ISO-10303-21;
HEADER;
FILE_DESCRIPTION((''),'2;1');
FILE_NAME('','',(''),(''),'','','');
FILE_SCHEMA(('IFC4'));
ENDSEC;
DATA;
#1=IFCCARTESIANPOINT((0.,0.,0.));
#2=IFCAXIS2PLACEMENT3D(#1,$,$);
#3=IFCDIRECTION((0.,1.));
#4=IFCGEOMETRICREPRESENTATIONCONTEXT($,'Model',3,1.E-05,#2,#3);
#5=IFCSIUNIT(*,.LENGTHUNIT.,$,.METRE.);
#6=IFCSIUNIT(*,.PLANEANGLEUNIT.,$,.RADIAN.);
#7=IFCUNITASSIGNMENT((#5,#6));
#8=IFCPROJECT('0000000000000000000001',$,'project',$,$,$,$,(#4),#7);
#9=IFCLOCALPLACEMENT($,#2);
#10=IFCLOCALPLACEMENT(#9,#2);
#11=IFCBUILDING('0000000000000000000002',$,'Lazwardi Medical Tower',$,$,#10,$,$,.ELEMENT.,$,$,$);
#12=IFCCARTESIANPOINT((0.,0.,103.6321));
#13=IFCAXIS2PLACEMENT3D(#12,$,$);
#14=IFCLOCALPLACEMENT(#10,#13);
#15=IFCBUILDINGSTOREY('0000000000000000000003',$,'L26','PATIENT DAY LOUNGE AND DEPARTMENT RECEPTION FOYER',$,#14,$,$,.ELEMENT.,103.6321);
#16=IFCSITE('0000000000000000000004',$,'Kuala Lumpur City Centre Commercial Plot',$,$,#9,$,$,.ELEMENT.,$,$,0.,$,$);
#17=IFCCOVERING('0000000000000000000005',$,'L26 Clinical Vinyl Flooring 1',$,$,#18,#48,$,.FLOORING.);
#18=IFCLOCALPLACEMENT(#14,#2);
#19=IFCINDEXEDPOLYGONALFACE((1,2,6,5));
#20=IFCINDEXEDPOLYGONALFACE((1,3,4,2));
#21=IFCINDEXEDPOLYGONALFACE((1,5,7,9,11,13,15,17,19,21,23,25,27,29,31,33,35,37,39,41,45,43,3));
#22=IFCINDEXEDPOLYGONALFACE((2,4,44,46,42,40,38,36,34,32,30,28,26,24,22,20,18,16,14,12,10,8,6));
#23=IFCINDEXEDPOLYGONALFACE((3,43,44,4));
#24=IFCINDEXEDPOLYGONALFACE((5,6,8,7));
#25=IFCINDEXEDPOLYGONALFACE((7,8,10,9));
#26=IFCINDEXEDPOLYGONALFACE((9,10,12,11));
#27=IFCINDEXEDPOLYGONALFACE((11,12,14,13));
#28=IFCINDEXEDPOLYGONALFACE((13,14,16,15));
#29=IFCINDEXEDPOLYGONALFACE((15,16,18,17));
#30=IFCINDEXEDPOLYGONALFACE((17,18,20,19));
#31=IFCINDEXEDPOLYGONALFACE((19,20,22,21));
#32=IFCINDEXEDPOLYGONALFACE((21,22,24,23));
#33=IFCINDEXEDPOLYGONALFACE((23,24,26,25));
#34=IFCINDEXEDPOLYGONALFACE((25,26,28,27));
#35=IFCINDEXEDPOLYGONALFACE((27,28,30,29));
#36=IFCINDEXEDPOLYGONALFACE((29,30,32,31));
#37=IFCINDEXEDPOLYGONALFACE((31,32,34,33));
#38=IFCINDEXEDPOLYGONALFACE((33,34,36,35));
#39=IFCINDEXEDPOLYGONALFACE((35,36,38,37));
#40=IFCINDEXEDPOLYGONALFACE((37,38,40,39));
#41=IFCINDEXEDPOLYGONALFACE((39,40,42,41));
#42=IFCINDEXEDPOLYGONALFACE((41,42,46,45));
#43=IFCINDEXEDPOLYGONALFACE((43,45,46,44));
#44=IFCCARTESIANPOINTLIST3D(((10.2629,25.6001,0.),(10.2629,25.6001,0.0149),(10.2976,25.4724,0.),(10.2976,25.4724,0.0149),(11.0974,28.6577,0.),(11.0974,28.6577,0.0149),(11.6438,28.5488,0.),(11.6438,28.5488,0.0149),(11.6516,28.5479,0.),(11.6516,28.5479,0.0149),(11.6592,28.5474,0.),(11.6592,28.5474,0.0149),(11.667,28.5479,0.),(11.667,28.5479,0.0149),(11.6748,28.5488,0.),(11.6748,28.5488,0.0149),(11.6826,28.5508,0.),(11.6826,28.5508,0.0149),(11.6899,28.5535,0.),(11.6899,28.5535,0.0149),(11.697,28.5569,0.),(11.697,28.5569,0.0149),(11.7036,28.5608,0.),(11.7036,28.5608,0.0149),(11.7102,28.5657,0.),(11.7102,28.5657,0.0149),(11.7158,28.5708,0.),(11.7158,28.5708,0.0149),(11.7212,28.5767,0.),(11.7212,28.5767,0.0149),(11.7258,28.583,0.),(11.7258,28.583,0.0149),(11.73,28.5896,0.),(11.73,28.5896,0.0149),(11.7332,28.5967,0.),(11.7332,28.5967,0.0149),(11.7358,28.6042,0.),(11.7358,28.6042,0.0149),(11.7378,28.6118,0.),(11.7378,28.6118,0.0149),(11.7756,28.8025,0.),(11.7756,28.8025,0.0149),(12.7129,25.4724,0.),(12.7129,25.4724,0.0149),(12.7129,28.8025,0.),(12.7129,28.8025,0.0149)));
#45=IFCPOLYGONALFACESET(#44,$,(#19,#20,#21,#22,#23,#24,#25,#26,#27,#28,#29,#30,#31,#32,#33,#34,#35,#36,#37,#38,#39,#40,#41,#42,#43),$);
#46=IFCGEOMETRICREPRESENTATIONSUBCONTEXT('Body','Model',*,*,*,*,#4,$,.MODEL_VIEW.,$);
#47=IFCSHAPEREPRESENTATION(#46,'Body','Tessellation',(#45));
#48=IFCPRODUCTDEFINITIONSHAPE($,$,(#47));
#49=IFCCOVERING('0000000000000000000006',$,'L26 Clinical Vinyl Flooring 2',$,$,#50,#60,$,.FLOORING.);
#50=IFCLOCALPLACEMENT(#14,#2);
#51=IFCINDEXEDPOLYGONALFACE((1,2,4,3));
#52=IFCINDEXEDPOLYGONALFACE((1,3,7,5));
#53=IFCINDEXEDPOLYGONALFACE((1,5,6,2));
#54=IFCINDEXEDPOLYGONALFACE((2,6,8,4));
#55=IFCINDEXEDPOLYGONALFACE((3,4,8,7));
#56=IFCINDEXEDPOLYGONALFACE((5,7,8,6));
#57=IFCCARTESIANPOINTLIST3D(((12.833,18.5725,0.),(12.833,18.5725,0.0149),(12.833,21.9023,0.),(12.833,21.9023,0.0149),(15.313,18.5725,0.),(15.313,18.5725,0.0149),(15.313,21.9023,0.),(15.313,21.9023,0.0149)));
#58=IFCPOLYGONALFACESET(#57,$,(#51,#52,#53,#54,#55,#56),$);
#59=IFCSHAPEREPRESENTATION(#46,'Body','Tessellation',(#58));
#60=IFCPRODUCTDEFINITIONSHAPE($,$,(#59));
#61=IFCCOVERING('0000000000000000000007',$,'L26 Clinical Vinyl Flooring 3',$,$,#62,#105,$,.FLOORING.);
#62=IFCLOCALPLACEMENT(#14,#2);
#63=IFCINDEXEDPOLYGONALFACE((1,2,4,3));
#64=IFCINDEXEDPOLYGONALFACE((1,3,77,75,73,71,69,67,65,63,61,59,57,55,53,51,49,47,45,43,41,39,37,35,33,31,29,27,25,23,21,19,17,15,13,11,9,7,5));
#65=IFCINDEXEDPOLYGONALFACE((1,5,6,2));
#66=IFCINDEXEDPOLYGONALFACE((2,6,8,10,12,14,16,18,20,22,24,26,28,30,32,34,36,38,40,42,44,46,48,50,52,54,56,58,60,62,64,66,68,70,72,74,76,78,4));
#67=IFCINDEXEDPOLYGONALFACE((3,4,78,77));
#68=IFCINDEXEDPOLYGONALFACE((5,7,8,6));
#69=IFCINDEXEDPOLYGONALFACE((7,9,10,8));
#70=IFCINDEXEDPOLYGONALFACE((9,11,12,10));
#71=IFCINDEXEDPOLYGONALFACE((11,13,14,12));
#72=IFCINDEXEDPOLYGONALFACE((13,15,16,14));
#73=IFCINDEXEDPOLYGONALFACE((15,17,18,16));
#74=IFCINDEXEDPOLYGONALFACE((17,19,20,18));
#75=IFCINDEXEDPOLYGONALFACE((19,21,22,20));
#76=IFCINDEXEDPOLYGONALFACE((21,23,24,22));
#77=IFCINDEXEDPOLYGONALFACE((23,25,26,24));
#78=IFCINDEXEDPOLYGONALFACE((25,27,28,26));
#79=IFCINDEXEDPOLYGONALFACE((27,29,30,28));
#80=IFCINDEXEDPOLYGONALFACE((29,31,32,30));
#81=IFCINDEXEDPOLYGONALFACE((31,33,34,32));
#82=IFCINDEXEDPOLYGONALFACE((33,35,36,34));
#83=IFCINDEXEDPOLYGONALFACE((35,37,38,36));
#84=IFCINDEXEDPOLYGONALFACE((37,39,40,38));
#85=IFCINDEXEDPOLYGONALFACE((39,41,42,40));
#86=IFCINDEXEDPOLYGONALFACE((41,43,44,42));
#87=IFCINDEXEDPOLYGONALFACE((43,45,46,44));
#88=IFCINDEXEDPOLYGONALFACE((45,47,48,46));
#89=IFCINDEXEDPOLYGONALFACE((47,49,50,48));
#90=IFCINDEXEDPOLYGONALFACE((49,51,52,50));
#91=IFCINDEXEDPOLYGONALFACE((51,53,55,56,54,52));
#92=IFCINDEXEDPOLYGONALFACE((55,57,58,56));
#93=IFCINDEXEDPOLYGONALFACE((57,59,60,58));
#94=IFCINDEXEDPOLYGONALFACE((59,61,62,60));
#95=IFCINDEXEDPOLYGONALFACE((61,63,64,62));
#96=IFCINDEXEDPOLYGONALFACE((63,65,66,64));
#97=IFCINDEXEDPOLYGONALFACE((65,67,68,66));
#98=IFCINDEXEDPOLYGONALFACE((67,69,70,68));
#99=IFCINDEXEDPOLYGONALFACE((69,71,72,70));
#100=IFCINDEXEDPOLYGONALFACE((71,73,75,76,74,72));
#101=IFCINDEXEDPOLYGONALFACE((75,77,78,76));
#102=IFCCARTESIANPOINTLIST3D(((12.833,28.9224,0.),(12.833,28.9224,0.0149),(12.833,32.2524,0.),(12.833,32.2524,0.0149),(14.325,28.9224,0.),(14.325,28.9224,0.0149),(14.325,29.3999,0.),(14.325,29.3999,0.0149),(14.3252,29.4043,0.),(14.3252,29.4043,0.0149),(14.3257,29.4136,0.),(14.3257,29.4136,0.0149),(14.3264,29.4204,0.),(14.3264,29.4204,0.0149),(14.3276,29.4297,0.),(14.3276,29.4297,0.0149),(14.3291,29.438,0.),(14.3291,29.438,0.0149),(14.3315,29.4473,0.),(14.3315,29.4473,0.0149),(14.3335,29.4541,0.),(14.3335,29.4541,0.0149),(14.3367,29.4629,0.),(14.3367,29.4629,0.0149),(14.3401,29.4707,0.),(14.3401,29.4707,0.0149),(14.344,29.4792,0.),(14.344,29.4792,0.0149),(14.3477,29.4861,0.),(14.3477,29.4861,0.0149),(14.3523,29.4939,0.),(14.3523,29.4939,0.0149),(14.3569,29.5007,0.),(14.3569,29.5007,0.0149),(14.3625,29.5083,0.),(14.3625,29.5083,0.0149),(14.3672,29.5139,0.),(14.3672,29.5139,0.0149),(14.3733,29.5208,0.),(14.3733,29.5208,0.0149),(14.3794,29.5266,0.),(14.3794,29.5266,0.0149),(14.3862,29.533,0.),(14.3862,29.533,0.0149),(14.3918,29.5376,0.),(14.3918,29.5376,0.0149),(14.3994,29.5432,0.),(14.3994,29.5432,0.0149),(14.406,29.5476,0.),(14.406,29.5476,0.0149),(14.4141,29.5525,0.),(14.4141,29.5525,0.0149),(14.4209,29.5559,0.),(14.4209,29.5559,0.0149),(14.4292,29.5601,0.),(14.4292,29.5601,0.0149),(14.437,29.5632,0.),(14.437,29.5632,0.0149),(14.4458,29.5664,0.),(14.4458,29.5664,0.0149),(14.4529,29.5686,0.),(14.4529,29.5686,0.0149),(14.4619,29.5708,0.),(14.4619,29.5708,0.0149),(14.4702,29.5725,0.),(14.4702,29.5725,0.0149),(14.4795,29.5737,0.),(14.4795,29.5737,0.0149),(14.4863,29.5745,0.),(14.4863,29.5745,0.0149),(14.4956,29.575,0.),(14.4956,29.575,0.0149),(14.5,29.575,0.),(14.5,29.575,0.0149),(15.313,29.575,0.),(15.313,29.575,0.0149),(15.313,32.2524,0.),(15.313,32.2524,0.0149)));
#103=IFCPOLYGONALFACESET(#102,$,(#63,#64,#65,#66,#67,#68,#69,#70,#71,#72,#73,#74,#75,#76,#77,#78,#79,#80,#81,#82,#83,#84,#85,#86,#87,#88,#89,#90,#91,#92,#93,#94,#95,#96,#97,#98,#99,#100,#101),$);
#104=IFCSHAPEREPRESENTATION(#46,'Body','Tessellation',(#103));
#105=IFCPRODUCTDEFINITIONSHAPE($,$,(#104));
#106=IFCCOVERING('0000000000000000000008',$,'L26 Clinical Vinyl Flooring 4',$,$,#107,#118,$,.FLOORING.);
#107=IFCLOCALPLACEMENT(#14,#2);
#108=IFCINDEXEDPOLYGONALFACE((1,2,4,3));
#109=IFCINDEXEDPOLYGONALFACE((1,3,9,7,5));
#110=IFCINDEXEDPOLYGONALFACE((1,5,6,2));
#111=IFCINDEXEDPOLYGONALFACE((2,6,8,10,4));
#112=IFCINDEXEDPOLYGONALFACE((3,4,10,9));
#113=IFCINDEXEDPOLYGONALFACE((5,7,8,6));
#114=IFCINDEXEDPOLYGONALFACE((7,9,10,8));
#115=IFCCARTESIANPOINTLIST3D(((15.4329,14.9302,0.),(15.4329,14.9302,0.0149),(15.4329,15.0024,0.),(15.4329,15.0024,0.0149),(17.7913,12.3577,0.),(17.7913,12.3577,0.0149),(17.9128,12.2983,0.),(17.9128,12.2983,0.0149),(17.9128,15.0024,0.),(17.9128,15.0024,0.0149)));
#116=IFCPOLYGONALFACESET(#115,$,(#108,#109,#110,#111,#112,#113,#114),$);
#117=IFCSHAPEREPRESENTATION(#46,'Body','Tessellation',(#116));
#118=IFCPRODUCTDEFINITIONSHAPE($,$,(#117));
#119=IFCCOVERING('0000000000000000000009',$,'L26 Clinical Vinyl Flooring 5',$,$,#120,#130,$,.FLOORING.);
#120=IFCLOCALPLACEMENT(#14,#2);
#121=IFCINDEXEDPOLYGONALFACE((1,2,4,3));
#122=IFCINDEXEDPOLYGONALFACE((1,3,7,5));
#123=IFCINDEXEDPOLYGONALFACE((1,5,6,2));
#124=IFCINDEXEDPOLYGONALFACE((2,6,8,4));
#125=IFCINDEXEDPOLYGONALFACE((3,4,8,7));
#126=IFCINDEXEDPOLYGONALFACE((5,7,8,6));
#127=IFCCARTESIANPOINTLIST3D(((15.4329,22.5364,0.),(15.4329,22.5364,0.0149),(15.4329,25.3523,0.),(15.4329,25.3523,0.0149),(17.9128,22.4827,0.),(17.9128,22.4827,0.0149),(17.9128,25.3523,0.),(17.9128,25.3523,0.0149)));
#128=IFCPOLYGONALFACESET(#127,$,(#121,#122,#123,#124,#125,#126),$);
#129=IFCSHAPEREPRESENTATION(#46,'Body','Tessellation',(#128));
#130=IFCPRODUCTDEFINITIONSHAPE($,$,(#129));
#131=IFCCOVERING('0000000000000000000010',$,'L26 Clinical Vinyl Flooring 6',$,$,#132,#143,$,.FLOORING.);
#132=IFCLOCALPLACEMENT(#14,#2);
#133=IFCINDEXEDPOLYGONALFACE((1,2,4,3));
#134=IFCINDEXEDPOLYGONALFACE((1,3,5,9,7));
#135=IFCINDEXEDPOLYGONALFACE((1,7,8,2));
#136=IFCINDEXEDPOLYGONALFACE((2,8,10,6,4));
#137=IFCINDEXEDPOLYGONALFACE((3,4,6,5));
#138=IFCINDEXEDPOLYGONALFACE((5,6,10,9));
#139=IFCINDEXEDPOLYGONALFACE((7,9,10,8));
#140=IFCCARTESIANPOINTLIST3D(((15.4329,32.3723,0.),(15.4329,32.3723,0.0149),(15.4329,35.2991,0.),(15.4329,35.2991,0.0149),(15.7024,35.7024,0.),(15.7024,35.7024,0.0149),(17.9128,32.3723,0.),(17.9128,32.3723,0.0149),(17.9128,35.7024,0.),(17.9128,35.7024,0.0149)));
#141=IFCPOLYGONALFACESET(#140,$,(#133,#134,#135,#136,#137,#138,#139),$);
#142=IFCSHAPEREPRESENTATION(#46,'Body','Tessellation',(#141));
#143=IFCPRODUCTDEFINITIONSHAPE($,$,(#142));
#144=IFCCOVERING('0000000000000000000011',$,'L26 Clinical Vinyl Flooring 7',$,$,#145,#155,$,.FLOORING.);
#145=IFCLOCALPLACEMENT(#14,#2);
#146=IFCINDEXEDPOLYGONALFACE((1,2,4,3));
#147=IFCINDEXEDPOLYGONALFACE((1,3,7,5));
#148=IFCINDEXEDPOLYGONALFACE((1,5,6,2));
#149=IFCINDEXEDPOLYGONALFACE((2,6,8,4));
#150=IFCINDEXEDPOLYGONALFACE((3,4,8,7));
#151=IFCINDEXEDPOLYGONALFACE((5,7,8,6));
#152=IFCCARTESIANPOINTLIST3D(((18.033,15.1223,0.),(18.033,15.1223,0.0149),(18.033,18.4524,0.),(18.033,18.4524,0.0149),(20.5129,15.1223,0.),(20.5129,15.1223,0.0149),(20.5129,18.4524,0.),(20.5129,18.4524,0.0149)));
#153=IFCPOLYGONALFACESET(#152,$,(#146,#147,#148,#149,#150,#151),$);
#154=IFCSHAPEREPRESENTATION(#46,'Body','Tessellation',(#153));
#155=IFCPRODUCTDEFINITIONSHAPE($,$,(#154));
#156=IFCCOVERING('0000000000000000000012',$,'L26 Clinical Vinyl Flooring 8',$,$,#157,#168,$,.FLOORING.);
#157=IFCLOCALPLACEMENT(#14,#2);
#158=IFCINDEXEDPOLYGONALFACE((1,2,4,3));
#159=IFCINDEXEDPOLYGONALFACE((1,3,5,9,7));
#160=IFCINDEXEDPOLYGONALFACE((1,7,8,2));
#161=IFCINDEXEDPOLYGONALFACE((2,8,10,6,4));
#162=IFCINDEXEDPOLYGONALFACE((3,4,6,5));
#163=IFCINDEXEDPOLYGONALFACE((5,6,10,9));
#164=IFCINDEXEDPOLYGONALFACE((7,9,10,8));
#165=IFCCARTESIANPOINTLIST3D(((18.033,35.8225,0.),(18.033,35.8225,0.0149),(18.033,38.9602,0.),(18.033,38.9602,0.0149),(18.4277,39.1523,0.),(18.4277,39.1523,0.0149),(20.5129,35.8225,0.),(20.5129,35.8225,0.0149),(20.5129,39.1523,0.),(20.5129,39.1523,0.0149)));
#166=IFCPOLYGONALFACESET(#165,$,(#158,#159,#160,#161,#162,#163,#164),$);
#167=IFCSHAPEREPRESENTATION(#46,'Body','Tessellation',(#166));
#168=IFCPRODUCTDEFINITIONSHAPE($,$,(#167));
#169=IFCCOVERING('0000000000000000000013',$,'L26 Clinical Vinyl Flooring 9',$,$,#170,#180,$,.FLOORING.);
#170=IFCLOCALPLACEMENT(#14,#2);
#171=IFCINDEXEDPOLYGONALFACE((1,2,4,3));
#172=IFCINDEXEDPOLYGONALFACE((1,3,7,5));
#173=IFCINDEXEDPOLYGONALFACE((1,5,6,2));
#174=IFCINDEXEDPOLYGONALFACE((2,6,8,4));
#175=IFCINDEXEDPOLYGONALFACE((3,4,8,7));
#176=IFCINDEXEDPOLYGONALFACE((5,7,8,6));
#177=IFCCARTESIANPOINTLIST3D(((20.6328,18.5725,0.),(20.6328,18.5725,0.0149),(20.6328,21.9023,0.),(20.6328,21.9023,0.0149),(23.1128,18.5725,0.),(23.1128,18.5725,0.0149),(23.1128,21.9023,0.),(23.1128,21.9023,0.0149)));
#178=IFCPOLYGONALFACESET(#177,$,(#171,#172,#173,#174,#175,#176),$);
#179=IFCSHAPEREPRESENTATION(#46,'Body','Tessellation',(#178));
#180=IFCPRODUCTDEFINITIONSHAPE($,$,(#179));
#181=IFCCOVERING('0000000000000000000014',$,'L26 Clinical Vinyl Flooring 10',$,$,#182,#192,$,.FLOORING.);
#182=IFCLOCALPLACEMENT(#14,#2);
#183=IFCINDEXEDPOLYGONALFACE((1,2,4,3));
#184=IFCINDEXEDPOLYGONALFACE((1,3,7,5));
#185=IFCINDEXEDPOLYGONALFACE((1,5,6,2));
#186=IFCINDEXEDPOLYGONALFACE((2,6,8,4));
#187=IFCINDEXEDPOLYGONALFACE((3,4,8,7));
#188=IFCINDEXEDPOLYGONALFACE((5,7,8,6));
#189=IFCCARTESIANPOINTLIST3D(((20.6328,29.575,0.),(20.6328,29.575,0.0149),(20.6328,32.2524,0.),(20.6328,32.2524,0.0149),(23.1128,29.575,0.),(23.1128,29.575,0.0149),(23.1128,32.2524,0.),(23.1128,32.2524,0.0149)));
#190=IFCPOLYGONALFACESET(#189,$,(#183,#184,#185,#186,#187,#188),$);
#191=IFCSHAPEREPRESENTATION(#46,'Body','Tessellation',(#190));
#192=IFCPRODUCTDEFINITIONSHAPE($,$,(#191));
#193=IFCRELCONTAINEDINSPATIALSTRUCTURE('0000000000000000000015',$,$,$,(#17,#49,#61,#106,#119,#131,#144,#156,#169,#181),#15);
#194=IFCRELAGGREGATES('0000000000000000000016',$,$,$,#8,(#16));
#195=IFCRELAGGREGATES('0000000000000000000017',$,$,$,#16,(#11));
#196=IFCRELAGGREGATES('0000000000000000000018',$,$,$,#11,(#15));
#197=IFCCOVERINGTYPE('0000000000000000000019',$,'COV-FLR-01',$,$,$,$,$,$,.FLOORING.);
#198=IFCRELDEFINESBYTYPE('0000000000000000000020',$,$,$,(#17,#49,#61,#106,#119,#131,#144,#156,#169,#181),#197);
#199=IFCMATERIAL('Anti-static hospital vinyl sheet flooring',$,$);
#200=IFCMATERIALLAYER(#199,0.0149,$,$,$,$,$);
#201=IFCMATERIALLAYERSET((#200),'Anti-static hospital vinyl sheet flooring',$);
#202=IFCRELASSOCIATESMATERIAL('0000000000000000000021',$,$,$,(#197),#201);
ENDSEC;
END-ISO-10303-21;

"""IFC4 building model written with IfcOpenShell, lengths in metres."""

from ifc_helpers import new_model, si_unit, direction, frame, origin, place, context, subcontext, project, spatial, polyline, outline, extrude, material, layer, layer_set, type_object, element, save


model = new_model("IFC4")

# Units and contexts
model_context = context("Model", 3, precision=1e-05, world=origin(), true_north=direction((0.0, 1.0)))
body_context = subcontext(model_context, "Body", "Model", "MODEL_VIEW")
ifc_project = project(units=[si_unit("LENGTHUNIT", "METRE"), si_unit("PLANEANGLEUNIT", "RADIAN")], contexts=[model_context])

# Site, building, storey
site_placement = place(None, origin())
site = spatial("IfcSite", under=ifc_project, at=site_placement, Name="Kuala Lumpur City Centre Commercial Plot", CompositionType="ELEMENT", RefElevation=0.0)
building_placement = place(site_placement, origin())
building = spatial("IfcBuilding", under=site, at=building_placement, Name="Lazwardi Medical Tower", CompositionType="ELEMENT")
storey_placement = place(building_placement, frame((0.0, 0.0, 103.6321)))
storey = spatial("IfcBuildingStorey", under=building, at=storey_placement, Name="L26", Description="PATIENT DAY LOUNGE AND DEPARTMENT RECEPTION FOYER", CompositionType="ELEMENT", Elevation=103.6321)

# Coverings
ifc_material_1 = material(Name="Anti-static hospital vinyl sheet flooring")
ifc_layer_1 = layer(ifc_material_1, 0.0149)
ifc_layer_set_1 = layer_set([ifc_layer_1], Name="Anti-static hospital vinyl sheet flooring")
covering_type_1 = type_object("IfcCoveringType", Name="COV-FLR-01", PredefinedType="FLOORING", material=ifc_layer_set_1)
covering_1_placement = place(storey_placement, origin())
element("IfcCovering", 1, at=covering_1_placement, inside=storey, type_object=covering_type_1, Name="L26 Clinical Vinyl Flooring 1", PredefinedType="FLOORING", context=body_context, shape_type="SweptSolid", body=[
    extrude(outline(polyline([(11.7756, 28.8025), (11.7378, 28.6118), (11.7358, 28.6042), (11.7332, 28.5967), (11.73, 28.5896), (11.7258, 28.583), (11.7212, 28.5767), (11.7158, 28.5708), (11.7102, 28.5657), (11.7036, 28.5608), (11.697, 28.5569), (11.6899, 28.5535), (11.6826, 28.5508), (11.6748, 28.5488), (11.667, 28.5479), (11.6592, 28.5474), (11.6516, 28.5479), (11.6438, 28.5488), (11.0974, 28.6577), (10.2629, 25.6001), (10.2976, 25.4724), (12.7129, 25.4724), (12.7129, 28.8025), (11.7756, 28.8025)])), origin(), (0.0, 0.0, 1.0), 0.0149),
])
covering_2_placement = place(storey_placement, origin())
element("IfcCovering", 2, at=covering_2_placement, inside=storey, type_object=covering_type_1, Name="L26 Clinical Vinyl Flooring 2", PredefinedType="FLOORING", context=body_context, shape_type="SweptSolid", body=[
    extrude(outline(polyline([(15.313, 18.5725), (15.313, 21.9023), (12.833, 21.9023), (12.833, 18.5725), (15.313, 18.5725)])), origin(), (0.0, 0.0, 1.0), 0.0149),
])
covering_3_placement = place(storey_placement, origin())
element("IfcCovering", 3, at=covering_3_placement, inside=storey, type_object=covering_type_1, Name="L26 Clinical Vinyl Flooring 3", PredefinedType="FLOORING", context=body_context, shape_type="SweptSolid", body=[
    extrude(outline(polyline([(14.325, 28.9224), (14.325, 29.3999), (14.3252, 29.4043), (14.3257, 29.4136), (14.3264, 29.4204), (14.3276, 29.4297), (14.3291, 29.438), (14.3315, 29.4473), (14.3335, 29.4541), (14.3367, 29.4629), (14.3401, 29.4707), (14.344, 29.4792), (14.3477, 29.4861), (14.3523, 29.4939), (14.3569, 29.5007), (14.3625, 29.5083), (14.3672, 29.5139), (14.3733, 29.5208), (14.3794, 29.5266), (14.3862, 29.533), (14.3918, 29.5376), (14.3994, 29.5432), (14.406, 29.5476), (14.4141, 29.5525), (14.4209, 29.5559), (14.4292, 29.5601), (14.437, 29.5632), (14.4458, 29.5664), (14.4529, 29.5686), (14.4619, 29.5708), (14.4702, 29.5725), (14.4795, 29.5737), (14.4863, 29.5745), (14.4956, 29.575), (14.5, 29.575), (15.313, 29.575), (15.313, 32.2524), (12.833, 32.2524), (12.833, 28.9224), (14.325, 28.9224)])), origin(), (0.0, 0.0, 1.0), 0.0149),
])
covering_4_placement = place(storey_placement, origin())
element("IfcCovering", 4, at=covering_4_placement, inside=storey, type_object=covering_type_1, Name="L26 Clinical Vinyl Flooring 4", PredefinedType="FLOORING", context=body_context, shape_type="SweptSolid", body=[
    extrude(outline(polyline([(15.4329, 14.9302), (17.7913, 12.3577), (17.9128, 12.2983), (17.9128, 15.0024), (15.4329, 15.0024), (15.4329, 14.9302)])), origin(), (0.0, 0.0, 1.0), 0.0149),
])
covering_5_placement = place(storey_placement, origin())
element("IfcCovering", 5, at=covering_5_placement, inside=storey, type_object=covering_type_1, Name="L26 Clinical Vinyl Flooring 5", PredefinedType="FLOORING", context=body_context, shape_type="SweptSolid", body=[
    extrude(outline(polyline([(15.4329, 22.5364), (17.9128, 22.4827), (17.9128, 25.3523), (15.4329, 25.3523), (15.4329, 22.5364)])), origin(), (0.0, 0.0, 1.0), 0.0149),
])
covering_6_placement = place(storey_placement, origin())
element("IfcCovering", 6, at=covering_6_placement, inside=storey, type_object=covering_type_1, Name="L26 Clinical Vinyl Flooring 6", PredefinedType="FLOORING", context=body_context, shape_type="SweptSolid", body=[
    extrude(outline(polyline([(15.7024, 35.7024), (15.4329, 35.2991), (15.4329, 32.3723), (17.9128, 32.3723), (17.9128, 35.7024), (15.7024, 35.7024)])), origin(), (0.0, 0.0, 1.0), 0.0149),
])
covering_7_placement = place(storey_placement, origin())
element("IfcCovering", 7, at=covering_7_placement, inside=storey, type_object=covering_type_1, Name="L26 Clinical Vinyl Flooring 7", PredefinedType="FLOORING", context=body_context, shape_type="SweptSolid", body=[
    extrude(outline(polyline([(20.5129, 15.1223), (20.5129, 18.4524), (18.033, 18.4524), (18.033, 15.1223), (20.5129, 15.1223)])), origin(), (0.0, 0.0, 1.0), 0.0149),
])
covering_8_placement = place(storey_placement, origin())
element("IfcCovering", 8, at=covering_8_placement, inside=storey, type_object=covering_type_1, Name="L26 Clinical Vinyl Flooring 8", PredefinedType="FLOORING", context=body_context, shape_type="SweptSolid", body=[
    extrude(outline(polyline([(18.4277, 39.1523), (18.033, 38.9602), (18.033, 35.8225), (20.5129, 35.8225), (20.5129, 39.1523), (18.4277, 39.1523)])), origin(), (0.0, 0.0, 1.0), 0.0149),
])
covering_9_placement = place(storey_placement, origin())
element("IfcCovering", 9, at=covering_9_placement, inside=storey, type_object=covering_type_1, Name="L26 Clinical Vinyl Flooring 9", PredefinedType="FLOORING", context=body_context, shape_type="SweptSolid", body=[
    extrude(outline(polyline([(23.1128, 18.5725), (23.1128, 21.9023), (20.6328, 21.9023), (20.6328, 18.5725), (23.1128, 18.5725)])), origin(), (0.0, 0.0, 1.0), 0.0149),
])
covering_10_placement = place(storey_placement, origin())
element("IfcCovering", 10, at=covering_10_placement, inside=storey, type_object=covering_type_1, Name="L26 Clinical Vinyl Flooring 10", PredefinedType="FLOORING", context=body_context, shape_type="SweptSolid", body=[
    extrude(outline(polyline([(20.6328, 29.575), (23.1128, 29.575), (23.1128, 32.2524), (20.6328, 32.2524), (20.6328, 29.575)])), origin(), (0.0, 0.0, 1.0), 0.0149),
])

save(model, "model.ifc")
